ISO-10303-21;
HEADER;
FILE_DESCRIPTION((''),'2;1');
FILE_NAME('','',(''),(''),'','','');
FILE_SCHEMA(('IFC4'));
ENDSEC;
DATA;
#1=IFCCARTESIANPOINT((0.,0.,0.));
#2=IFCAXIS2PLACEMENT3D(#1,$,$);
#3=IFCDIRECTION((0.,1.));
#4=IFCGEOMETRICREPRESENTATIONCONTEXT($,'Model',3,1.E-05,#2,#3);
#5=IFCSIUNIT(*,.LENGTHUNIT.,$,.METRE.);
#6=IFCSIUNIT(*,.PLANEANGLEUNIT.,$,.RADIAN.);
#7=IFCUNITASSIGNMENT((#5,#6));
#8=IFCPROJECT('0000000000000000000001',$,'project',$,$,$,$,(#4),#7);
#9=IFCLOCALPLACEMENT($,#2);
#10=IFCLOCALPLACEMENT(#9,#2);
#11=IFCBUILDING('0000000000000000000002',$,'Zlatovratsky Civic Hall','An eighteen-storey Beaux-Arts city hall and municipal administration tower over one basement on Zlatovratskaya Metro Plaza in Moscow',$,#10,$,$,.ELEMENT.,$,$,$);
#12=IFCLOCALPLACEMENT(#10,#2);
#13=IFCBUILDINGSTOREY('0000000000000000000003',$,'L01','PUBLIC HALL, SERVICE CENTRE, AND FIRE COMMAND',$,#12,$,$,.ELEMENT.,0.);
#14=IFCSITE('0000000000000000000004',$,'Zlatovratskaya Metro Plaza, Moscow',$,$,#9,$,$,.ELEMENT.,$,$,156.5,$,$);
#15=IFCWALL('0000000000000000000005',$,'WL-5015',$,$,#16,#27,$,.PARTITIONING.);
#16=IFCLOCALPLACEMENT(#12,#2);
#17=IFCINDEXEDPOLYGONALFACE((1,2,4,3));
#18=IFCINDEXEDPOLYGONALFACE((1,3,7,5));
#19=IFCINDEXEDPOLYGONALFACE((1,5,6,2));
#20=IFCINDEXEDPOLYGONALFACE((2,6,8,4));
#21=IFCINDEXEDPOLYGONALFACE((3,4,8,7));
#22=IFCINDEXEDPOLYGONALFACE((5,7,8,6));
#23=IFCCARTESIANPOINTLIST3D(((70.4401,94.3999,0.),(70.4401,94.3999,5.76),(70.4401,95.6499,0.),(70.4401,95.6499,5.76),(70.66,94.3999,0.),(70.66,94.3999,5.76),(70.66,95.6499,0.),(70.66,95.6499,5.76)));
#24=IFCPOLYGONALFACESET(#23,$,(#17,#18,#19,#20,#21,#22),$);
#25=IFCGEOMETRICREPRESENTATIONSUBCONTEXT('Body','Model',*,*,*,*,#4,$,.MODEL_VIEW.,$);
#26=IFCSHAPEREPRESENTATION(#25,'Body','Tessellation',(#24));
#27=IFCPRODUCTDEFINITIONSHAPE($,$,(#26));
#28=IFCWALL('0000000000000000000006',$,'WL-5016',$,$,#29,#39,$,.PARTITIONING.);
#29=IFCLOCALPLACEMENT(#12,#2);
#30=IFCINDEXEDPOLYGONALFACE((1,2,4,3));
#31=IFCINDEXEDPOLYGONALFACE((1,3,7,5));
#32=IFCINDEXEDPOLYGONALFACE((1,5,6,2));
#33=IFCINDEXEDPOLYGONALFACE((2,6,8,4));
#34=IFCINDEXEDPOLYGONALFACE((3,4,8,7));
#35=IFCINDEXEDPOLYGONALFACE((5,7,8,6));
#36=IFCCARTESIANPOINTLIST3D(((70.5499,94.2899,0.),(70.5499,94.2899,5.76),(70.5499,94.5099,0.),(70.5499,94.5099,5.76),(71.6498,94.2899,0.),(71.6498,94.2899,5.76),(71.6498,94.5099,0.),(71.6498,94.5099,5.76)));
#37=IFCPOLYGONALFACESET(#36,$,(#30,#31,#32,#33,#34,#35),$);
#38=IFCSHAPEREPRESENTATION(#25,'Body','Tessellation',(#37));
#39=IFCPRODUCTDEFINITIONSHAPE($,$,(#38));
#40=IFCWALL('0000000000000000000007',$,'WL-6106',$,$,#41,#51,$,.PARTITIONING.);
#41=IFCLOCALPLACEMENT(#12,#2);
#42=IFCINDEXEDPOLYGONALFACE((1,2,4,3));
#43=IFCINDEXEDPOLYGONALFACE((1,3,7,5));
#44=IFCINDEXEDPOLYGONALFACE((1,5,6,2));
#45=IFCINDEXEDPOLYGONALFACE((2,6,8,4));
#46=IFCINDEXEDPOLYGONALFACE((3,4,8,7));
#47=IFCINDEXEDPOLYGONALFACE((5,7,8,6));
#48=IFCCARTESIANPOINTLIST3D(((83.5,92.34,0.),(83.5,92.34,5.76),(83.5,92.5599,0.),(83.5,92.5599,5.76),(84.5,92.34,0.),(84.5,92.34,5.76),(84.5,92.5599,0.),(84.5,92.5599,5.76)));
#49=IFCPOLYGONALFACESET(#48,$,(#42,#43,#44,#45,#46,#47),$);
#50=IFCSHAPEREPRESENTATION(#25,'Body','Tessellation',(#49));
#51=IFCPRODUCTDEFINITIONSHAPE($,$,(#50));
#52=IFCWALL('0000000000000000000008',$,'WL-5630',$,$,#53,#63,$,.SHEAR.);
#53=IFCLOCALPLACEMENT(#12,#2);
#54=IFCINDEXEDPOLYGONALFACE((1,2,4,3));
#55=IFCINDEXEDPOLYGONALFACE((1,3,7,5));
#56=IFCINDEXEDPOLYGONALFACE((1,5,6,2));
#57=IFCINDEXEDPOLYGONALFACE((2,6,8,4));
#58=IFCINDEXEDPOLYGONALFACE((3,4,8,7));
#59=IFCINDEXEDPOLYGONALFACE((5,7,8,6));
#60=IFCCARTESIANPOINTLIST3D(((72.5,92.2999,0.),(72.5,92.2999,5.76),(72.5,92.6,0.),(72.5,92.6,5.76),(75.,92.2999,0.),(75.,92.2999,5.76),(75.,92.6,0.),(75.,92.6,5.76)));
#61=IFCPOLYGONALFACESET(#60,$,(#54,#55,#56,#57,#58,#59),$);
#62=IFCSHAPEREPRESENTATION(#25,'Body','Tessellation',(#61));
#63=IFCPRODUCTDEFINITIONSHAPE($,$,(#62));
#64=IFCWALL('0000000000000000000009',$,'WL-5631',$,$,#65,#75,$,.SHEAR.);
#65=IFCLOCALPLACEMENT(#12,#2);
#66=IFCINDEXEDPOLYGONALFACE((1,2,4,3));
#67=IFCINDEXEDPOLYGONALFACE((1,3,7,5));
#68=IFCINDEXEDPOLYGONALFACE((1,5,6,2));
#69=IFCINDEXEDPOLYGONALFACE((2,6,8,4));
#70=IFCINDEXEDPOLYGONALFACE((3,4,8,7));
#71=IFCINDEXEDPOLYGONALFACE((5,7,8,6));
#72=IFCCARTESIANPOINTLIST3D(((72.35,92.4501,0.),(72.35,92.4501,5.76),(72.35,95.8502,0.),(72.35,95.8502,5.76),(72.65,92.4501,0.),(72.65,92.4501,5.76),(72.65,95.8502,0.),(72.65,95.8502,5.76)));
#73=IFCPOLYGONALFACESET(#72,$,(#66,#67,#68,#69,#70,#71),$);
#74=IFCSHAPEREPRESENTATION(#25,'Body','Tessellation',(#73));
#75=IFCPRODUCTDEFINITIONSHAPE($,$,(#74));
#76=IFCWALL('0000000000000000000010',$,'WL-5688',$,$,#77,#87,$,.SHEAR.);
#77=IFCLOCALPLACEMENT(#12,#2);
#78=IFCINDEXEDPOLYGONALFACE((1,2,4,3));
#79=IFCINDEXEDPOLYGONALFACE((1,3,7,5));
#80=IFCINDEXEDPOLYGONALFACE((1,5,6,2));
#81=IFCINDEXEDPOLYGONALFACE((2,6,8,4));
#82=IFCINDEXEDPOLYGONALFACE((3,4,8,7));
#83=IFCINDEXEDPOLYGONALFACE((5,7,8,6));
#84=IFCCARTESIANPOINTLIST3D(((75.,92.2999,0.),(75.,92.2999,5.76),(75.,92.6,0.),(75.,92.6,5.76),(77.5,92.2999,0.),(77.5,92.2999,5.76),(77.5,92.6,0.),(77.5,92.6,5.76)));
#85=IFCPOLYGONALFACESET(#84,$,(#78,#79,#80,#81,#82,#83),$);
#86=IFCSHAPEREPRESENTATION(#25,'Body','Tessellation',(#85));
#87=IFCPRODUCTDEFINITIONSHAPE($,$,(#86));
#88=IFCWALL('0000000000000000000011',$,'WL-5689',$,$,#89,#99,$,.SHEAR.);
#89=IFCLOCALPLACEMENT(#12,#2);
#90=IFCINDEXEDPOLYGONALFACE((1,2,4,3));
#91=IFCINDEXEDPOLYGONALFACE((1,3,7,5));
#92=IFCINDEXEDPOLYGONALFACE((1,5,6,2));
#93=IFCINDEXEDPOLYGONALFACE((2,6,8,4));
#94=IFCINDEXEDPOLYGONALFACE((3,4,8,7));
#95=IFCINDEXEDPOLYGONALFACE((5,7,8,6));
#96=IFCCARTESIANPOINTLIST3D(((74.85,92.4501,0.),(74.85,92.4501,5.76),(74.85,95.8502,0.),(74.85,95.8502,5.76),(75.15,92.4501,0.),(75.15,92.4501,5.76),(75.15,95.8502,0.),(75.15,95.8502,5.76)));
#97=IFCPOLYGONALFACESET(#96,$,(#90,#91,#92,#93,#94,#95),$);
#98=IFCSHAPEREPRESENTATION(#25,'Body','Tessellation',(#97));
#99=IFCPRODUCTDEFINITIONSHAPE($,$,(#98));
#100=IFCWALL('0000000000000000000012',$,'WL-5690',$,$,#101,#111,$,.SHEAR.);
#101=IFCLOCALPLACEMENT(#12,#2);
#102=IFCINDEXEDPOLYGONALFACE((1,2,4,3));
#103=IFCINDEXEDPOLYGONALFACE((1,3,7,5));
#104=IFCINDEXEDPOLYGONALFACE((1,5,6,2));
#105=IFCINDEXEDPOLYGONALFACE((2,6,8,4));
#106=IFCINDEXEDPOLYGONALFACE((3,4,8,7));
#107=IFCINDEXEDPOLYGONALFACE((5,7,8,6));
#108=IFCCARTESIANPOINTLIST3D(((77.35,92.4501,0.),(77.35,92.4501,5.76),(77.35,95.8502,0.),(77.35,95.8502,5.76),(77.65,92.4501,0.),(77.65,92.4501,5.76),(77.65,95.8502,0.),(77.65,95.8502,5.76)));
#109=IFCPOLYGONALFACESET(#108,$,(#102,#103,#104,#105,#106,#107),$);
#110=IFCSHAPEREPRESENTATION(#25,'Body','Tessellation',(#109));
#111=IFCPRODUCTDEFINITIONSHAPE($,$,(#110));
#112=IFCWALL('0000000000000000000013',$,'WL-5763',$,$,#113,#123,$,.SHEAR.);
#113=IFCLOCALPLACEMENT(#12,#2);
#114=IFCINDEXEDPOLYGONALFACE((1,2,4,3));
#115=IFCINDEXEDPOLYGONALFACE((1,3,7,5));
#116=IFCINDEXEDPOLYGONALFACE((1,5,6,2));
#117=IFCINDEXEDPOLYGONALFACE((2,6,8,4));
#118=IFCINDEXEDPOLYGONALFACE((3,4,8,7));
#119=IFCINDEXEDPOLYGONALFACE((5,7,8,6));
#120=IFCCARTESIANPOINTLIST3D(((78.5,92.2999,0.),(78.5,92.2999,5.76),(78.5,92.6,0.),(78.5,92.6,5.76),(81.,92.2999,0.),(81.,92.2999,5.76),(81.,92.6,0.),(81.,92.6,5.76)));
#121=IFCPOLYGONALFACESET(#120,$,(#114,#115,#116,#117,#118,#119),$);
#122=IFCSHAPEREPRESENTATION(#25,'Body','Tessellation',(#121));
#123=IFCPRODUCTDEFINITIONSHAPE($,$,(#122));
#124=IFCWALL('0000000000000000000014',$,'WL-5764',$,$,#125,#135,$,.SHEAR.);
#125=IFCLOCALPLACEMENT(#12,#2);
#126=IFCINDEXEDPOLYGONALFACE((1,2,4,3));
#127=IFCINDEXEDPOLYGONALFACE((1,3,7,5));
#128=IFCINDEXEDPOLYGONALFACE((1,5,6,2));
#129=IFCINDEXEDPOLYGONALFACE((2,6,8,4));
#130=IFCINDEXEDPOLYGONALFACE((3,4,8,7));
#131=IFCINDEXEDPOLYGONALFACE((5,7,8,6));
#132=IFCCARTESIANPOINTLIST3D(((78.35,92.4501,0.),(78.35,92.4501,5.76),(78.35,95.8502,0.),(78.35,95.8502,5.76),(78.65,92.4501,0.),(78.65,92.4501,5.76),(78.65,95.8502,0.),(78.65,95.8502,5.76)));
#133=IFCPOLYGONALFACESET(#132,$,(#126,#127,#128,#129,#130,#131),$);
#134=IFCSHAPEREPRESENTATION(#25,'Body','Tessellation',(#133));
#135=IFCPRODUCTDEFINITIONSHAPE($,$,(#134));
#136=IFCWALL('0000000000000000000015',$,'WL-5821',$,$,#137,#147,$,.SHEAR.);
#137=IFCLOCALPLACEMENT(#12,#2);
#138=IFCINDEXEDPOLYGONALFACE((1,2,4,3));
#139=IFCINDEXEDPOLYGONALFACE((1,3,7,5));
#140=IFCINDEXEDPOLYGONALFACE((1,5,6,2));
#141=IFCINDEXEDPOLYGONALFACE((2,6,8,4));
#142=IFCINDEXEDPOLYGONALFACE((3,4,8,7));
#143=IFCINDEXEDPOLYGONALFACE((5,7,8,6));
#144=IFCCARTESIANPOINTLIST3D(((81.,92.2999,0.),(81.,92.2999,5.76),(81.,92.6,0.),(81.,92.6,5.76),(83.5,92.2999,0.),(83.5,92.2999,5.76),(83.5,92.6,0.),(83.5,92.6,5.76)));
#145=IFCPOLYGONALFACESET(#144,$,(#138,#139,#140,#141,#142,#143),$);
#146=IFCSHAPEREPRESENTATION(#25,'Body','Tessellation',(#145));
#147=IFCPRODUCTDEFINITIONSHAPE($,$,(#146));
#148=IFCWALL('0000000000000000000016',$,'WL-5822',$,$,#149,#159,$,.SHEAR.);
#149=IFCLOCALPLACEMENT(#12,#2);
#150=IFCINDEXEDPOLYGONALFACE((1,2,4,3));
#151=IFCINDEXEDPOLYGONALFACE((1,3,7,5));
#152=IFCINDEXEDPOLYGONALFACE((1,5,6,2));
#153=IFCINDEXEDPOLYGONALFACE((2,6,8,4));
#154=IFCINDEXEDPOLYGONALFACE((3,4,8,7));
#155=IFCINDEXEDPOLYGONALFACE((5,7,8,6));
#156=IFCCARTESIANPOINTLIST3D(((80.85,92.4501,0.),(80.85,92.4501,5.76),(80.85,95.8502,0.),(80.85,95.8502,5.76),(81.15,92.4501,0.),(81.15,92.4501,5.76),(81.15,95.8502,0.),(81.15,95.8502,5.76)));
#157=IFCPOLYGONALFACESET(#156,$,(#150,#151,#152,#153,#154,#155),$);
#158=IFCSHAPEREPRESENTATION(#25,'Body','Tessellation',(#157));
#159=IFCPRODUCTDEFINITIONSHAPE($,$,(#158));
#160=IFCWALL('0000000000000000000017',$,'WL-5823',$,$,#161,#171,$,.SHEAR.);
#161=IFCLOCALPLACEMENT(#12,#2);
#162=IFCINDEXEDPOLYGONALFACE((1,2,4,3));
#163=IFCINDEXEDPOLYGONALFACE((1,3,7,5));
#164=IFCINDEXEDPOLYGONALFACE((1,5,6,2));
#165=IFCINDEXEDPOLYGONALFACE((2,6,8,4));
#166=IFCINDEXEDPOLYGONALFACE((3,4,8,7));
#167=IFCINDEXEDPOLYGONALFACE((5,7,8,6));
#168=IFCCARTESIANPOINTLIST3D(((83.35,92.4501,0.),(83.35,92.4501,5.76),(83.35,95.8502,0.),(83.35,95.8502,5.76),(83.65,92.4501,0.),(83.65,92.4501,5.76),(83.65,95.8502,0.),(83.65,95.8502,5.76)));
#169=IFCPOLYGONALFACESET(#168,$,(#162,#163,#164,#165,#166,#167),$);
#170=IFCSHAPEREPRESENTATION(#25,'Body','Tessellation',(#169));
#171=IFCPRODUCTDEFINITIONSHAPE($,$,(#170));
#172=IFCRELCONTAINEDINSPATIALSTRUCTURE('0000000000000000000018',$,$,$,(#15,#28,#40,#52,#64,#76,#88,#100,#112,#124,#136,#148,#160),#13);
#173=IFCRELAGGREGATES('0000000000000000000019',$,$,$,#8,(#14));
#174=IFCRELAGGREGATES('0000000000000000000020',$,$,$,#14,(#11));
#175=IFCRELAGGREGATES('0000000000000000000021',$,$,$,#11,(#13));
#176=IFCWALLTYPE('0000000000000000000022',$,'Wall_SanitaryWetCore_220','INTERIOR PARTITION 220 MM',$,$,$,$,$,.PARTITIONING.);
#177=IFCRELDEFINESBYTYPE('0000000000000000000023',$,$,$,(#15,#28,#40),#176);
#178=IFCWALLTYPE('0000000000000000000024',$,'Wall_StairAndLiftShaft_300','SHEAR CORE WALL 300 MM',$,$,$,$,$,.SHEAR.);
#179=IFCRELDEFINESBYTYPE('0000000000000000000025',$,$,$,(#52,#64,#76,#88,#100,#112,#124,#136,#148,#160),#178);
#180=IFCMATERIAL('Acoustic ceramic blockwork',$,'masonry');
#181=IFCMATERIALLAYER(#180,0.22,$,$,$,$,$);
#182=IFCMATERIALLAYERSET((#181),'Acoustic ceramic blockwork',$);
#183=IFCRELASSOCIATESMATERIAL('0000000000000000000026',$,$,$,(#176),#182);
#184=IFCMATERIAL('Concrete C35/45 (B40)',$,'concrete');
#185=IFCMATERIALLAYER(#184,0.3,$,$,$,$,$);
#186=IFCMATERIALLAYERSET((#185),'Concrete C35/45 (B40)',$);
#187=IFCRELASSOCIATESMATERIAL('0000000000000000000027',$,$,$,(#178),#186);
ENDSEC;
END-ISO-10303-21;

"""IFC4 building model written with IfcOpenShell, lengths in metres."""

from ifc_helpers import new_model, si_unit, direction, frame, frame_2d, origin, place, context, subcontext, project, spatial, rectangle, extrude, material, layer, layer_set, type_object, element, save


model = new_model("IFC4")

# Units and contexts
model_context = context("Model", 3, precision=1e-05, world=origin(), true_north=direction((0.0, 1.0)))
body_context = subcontext(model_context, "Body", "Model", "MODEL_VIEW")
ifc_project = project(units=[si_unit("LENGTHUNIT", "METRE"), si_unit("PLANEANGLEUNIT", "RADIAN")], contexts=[model_context])

# Site, building, storey
site_placement = place(None, origin())
site = spatial("IfcSite", under=ifc_project, at=site_placement, Name="Zlatovratskaya Metro Plaza, Moscow", CompositionType="ELEMENT", RefElevation=156.5)
building_placement = place(site_placement, origin())
building = spatial("IfcBuilding", under=site, at=building_placement, Name="Zlatovratsky Civic Hall", Description="An eighteen-storey Beaux-Arts city hall and municipal administration tower over one basement on Zlatovratskaya Metro Plaza in Moscow", CompositionType="ELEMENT")
storey_placement = place(building_placement, origin())
storey = spatial("IfcBuildingStorey", under=building, at=storey_placement, Name="L01", Description="PUBLIC HALL, SERVICE CENTRE, AND FIRE COMMAND", CompositionType="ELEMENT", Elevation=0.0)

# Shared definitions
ifc_material_1 = material(Name="Concrete C35/45 (B40)", Category="concrete")

# Walls
ifc_material_2 = material(Name="Acoustic ceramic blockwork", Category="masonry")
ifc_layer_1 = layer(ifc_material_2, 0.22)
ifc_layer_set_1 = layer_set([ifc_layer_1], Name="Acoustic ceramic blockwork")
wall_type_1 = type_object("IfcWallType", Name="Wall_SanitaryWetCore_220", Description="INTERIOR PARTITION 220 MM", PredefinedType="PARTITIONING", material=ifc_layer_set_1)
for number, where, z_axis, x_axis, name in (
    (1, (70.55, 94.3999, 0.0), (0.0, 0.0, 1.0), (0.0, 1.0, 0.0), "WL-5015"),
):
    element("IfcWall", number, at=place(storey_placement, frame(where, z_axis=z_axis, x_axis=x_axis)), inside=storey, type_object=wall_type_1, Name=name, PredefinedType="PARTITIONING", context=body_context, shape_type="SweptSolid", body=[
        extrude(rectangle(XDim=1.25, YDim=0.22, at=frame_2d((0.625, 0.0))), origin(), (0.0, 0.0, 1.0), 5.76),
    ])
wall_1_placement = place(storey_placement, frame((70.55, 94.3999, 0.0), z_axis=(0.0, 0.0, 1.0), x_axis=(1.0, 0.0, 0.0)))
element("IfcWall", 2, at=wall_1_placement, inside=storey, type_object=wall_type_1, Name="WL-5016", PredefinedType="PARTITIONING", context=body_context, shape_type="SweptSolid", body=[
    extrude(rectangle(XDim=1.0999, YDim=0.22, at=frame_2d((0.5498, 0.0))), origin(), (0.0, 0.0, 1.0), 5.76),
])
wall_2_placement = place(storey_placement, frame((83.5, 92.45, 0.0), z_axis=(0.0, 0.0, 1.0), x_axis=(1.0, 0.0, 0.0)))
element("IfcWall", 3, at=wall_2_placement, inside=storey, type_object=wall_type_1, Name="WL-6106", PredefinedType="PARTITIONING", context=body_context, shape_type="SweptSolid", body=[
    extrude(rectangle(XDim=1.0, YDim=0.22, at=frame_2d((0.5, 0.0))), origin(), (0.0, 0.0, 1.0), 5.76),
])

# Shared definitions
ifc_layer_2 = layer(ifc_material_1, 0.3)
ifc_layer_set_2 = layer_set([ifc_layer_2], Name="Concrete C35/45 (B40)")
wall_type_2 = type_object("IfcWallType", Name="Wall_StairAndLiftShaft_300", Description="SHEAR CORE WALL 300 MM", PredefinedType="SHEAR", material=ifc_layer_set_2)

# Walls
wall_3_placement = place(storey_placement, frame((72.5, 92.45, 0.0), z_axis=(0.0, 0.0, 1.0), x_axis=(1.0, 0.0, 0.0)))
element("IfcWall", 4, at=wall_3_placement, inside=storey, type_object=wall_type_2, Name="WL-5630", PredefinedType="SHEAR", context=body_context, shape_type="SweptSolid", body=[
    extrude(rectangle(XDim=2.5, YDim=0.3, at=frame_2d((1.25, 0.0))), origin(), (0.0, 0.0, 1.0), 5.76),
])
wall_4_placement = place(storey_placement, frame((72.5, 92.45, 0.0), z_axis=(0.0, 0.0, 1.0), x_axis=(0.0, 1.0, 0.0)))
element("IfcWall", 5, at=wall_4_placement, inside=storey, type_object=wall_type_2, Name="WL-5631", PredefinedType="SHEAR", context=body_context, shape_type="SweptSolid", body=[
    extrude(rectangle(XDim=3.4001, YDim=0.3, at=frame_2d((1.7002, 0.0))), origin(), (0.0, 0.0, 1.0), 5.76),
])

# Walls
wall_5_placement = place(storey_placement, frame((75.0, 92.45, 0.0), z_axis=(0.0, 0.0, 1.0), x_axis=(1.0, 0.0, 0.0)))
element("IfcWall", 6, at=wall_5_placement, inside=storey, type_object=wall_type_2, Name="WL-5688", PredefinedType="SHEAR", context=body_context, shape_type="SweptSolid", body=[
    extrude(rectangle(XDim=2.5, YDim=0.3, at=frame_2d((1.25, 0.0))), origin(), (0.0, 0.0, 1.0), 5.76),
])
for number, where, z_axis, x_axis, name in (
    (7, (75.0, 92.45, 0.0), (0.0, 0.0, 1.0), (0.0, 1.0, 0.0), "WL-5689"),
    (8, (77.5, 92.45, 0.0), (0.0, 0.0, 1.0), (0.0, 1.0, 0.0), "WL-5690"),
):
    element("IfcWall", number, at=place(storey_placement, frame(where, z_axis=z_axis, x_axis=x_axis)), inside=storey, type_object=wall_type_2, Name=name, PredefinedType="SHEAR", context=body_context, shape_type="SweptSolid", body=[
        extrude(rectangle(XDim=3.4001, YDim=0.3, at=frame_2d((1.7002, 0.0))), origin(), (0.0, 0.0, 1.0), 5.76),
    ])

# Walls
wall_6_placement = place(storey_placement, frame((78.5, 92.45, 0.0), z_axis=(0.0, 0.0, 1.0), x_axis=(1.0, 0.0, 0.0)))
element("IfcWall", 9, at=wall_6_placement, inside=storey, type_object=wall_type_2, Name="WL-5763", PredefinedType="SHEAR", context=body_context, shape_type="SweptSolid", body=[
    extrude(rectangle(XDim=2.5, YDim=0.3, at=frame_2d((1.25, 0.0))), origin(), (0.0, 0.0, 1.0), 5.76),
])
wall_7_placement = place(storey_placement, frame((78.5, 92.45, 0.0), z_axis=(0.0, 0.0, 1.0), x_axis=(0.0, 1.0, 0.0)))
element("IfcWall", 10, at=wall_7_placement, inside=storey, type_object=wall_type_2, Name="WL-5764", PredefinedType="SHEAR", context=body_context, shape_type="SweptSolid", body=[
    extrude(rectangle(XDim=3.4001, YDim=0.3, at=frame_2d((1.7002, 0.0))), origin(), (0.0, 0.0, 1.0), 5.76),
])

# Walls
wall_8_placement = place(storey_placement, frame((81.0, 92.45, 0.0), z_axis=(0.0, 0.0, 1.0), x_axis=(1.0, 0.0, 0.0)))
element("IfcWall", 11, at=wall_8_placement, inside=storey, type_object=wall_type_2, Name="WL-5821", PredefinedType="SHEAR", context=body_context, shape_type="SweptSolid", body=[
    extrude(rectangle(XDim=2.5, YDim=0.3, at=frame_2d((1.25, 0.0))), origin(), (0.0, 0.0, 1.0), 5.76),
])
for number, where, z_axis, x_axis, name in (
    (12, (81.0, 92.45, 0.0), (0.0, 0.0, 1.0), (0.0, 1.0, 0.0), "WL-5822"),
    (13, (83.5, 92.45, 0.0), (0.0, 0.0, 1.0), (0.0, 1.0, 0.0), "WL-5823"),
):
    element("IfcWall", number, at=place(storey_placement, frame(where, z_axis=z_axis, x_axis=x_axis)), inside=storey, type_object=wall_type_2, Name=name, PredefinedType="SHEAR", context=body_context, shape_type="SweptSolid", body=[
        extrude(rectangle(XDim=3.4001, YDim=0.3, at=frame_2d((1.7002, 0.0))), origin(), (0.0, 0.0, 1.0), 5.76),
    ])

save(model, "model.ifc")
